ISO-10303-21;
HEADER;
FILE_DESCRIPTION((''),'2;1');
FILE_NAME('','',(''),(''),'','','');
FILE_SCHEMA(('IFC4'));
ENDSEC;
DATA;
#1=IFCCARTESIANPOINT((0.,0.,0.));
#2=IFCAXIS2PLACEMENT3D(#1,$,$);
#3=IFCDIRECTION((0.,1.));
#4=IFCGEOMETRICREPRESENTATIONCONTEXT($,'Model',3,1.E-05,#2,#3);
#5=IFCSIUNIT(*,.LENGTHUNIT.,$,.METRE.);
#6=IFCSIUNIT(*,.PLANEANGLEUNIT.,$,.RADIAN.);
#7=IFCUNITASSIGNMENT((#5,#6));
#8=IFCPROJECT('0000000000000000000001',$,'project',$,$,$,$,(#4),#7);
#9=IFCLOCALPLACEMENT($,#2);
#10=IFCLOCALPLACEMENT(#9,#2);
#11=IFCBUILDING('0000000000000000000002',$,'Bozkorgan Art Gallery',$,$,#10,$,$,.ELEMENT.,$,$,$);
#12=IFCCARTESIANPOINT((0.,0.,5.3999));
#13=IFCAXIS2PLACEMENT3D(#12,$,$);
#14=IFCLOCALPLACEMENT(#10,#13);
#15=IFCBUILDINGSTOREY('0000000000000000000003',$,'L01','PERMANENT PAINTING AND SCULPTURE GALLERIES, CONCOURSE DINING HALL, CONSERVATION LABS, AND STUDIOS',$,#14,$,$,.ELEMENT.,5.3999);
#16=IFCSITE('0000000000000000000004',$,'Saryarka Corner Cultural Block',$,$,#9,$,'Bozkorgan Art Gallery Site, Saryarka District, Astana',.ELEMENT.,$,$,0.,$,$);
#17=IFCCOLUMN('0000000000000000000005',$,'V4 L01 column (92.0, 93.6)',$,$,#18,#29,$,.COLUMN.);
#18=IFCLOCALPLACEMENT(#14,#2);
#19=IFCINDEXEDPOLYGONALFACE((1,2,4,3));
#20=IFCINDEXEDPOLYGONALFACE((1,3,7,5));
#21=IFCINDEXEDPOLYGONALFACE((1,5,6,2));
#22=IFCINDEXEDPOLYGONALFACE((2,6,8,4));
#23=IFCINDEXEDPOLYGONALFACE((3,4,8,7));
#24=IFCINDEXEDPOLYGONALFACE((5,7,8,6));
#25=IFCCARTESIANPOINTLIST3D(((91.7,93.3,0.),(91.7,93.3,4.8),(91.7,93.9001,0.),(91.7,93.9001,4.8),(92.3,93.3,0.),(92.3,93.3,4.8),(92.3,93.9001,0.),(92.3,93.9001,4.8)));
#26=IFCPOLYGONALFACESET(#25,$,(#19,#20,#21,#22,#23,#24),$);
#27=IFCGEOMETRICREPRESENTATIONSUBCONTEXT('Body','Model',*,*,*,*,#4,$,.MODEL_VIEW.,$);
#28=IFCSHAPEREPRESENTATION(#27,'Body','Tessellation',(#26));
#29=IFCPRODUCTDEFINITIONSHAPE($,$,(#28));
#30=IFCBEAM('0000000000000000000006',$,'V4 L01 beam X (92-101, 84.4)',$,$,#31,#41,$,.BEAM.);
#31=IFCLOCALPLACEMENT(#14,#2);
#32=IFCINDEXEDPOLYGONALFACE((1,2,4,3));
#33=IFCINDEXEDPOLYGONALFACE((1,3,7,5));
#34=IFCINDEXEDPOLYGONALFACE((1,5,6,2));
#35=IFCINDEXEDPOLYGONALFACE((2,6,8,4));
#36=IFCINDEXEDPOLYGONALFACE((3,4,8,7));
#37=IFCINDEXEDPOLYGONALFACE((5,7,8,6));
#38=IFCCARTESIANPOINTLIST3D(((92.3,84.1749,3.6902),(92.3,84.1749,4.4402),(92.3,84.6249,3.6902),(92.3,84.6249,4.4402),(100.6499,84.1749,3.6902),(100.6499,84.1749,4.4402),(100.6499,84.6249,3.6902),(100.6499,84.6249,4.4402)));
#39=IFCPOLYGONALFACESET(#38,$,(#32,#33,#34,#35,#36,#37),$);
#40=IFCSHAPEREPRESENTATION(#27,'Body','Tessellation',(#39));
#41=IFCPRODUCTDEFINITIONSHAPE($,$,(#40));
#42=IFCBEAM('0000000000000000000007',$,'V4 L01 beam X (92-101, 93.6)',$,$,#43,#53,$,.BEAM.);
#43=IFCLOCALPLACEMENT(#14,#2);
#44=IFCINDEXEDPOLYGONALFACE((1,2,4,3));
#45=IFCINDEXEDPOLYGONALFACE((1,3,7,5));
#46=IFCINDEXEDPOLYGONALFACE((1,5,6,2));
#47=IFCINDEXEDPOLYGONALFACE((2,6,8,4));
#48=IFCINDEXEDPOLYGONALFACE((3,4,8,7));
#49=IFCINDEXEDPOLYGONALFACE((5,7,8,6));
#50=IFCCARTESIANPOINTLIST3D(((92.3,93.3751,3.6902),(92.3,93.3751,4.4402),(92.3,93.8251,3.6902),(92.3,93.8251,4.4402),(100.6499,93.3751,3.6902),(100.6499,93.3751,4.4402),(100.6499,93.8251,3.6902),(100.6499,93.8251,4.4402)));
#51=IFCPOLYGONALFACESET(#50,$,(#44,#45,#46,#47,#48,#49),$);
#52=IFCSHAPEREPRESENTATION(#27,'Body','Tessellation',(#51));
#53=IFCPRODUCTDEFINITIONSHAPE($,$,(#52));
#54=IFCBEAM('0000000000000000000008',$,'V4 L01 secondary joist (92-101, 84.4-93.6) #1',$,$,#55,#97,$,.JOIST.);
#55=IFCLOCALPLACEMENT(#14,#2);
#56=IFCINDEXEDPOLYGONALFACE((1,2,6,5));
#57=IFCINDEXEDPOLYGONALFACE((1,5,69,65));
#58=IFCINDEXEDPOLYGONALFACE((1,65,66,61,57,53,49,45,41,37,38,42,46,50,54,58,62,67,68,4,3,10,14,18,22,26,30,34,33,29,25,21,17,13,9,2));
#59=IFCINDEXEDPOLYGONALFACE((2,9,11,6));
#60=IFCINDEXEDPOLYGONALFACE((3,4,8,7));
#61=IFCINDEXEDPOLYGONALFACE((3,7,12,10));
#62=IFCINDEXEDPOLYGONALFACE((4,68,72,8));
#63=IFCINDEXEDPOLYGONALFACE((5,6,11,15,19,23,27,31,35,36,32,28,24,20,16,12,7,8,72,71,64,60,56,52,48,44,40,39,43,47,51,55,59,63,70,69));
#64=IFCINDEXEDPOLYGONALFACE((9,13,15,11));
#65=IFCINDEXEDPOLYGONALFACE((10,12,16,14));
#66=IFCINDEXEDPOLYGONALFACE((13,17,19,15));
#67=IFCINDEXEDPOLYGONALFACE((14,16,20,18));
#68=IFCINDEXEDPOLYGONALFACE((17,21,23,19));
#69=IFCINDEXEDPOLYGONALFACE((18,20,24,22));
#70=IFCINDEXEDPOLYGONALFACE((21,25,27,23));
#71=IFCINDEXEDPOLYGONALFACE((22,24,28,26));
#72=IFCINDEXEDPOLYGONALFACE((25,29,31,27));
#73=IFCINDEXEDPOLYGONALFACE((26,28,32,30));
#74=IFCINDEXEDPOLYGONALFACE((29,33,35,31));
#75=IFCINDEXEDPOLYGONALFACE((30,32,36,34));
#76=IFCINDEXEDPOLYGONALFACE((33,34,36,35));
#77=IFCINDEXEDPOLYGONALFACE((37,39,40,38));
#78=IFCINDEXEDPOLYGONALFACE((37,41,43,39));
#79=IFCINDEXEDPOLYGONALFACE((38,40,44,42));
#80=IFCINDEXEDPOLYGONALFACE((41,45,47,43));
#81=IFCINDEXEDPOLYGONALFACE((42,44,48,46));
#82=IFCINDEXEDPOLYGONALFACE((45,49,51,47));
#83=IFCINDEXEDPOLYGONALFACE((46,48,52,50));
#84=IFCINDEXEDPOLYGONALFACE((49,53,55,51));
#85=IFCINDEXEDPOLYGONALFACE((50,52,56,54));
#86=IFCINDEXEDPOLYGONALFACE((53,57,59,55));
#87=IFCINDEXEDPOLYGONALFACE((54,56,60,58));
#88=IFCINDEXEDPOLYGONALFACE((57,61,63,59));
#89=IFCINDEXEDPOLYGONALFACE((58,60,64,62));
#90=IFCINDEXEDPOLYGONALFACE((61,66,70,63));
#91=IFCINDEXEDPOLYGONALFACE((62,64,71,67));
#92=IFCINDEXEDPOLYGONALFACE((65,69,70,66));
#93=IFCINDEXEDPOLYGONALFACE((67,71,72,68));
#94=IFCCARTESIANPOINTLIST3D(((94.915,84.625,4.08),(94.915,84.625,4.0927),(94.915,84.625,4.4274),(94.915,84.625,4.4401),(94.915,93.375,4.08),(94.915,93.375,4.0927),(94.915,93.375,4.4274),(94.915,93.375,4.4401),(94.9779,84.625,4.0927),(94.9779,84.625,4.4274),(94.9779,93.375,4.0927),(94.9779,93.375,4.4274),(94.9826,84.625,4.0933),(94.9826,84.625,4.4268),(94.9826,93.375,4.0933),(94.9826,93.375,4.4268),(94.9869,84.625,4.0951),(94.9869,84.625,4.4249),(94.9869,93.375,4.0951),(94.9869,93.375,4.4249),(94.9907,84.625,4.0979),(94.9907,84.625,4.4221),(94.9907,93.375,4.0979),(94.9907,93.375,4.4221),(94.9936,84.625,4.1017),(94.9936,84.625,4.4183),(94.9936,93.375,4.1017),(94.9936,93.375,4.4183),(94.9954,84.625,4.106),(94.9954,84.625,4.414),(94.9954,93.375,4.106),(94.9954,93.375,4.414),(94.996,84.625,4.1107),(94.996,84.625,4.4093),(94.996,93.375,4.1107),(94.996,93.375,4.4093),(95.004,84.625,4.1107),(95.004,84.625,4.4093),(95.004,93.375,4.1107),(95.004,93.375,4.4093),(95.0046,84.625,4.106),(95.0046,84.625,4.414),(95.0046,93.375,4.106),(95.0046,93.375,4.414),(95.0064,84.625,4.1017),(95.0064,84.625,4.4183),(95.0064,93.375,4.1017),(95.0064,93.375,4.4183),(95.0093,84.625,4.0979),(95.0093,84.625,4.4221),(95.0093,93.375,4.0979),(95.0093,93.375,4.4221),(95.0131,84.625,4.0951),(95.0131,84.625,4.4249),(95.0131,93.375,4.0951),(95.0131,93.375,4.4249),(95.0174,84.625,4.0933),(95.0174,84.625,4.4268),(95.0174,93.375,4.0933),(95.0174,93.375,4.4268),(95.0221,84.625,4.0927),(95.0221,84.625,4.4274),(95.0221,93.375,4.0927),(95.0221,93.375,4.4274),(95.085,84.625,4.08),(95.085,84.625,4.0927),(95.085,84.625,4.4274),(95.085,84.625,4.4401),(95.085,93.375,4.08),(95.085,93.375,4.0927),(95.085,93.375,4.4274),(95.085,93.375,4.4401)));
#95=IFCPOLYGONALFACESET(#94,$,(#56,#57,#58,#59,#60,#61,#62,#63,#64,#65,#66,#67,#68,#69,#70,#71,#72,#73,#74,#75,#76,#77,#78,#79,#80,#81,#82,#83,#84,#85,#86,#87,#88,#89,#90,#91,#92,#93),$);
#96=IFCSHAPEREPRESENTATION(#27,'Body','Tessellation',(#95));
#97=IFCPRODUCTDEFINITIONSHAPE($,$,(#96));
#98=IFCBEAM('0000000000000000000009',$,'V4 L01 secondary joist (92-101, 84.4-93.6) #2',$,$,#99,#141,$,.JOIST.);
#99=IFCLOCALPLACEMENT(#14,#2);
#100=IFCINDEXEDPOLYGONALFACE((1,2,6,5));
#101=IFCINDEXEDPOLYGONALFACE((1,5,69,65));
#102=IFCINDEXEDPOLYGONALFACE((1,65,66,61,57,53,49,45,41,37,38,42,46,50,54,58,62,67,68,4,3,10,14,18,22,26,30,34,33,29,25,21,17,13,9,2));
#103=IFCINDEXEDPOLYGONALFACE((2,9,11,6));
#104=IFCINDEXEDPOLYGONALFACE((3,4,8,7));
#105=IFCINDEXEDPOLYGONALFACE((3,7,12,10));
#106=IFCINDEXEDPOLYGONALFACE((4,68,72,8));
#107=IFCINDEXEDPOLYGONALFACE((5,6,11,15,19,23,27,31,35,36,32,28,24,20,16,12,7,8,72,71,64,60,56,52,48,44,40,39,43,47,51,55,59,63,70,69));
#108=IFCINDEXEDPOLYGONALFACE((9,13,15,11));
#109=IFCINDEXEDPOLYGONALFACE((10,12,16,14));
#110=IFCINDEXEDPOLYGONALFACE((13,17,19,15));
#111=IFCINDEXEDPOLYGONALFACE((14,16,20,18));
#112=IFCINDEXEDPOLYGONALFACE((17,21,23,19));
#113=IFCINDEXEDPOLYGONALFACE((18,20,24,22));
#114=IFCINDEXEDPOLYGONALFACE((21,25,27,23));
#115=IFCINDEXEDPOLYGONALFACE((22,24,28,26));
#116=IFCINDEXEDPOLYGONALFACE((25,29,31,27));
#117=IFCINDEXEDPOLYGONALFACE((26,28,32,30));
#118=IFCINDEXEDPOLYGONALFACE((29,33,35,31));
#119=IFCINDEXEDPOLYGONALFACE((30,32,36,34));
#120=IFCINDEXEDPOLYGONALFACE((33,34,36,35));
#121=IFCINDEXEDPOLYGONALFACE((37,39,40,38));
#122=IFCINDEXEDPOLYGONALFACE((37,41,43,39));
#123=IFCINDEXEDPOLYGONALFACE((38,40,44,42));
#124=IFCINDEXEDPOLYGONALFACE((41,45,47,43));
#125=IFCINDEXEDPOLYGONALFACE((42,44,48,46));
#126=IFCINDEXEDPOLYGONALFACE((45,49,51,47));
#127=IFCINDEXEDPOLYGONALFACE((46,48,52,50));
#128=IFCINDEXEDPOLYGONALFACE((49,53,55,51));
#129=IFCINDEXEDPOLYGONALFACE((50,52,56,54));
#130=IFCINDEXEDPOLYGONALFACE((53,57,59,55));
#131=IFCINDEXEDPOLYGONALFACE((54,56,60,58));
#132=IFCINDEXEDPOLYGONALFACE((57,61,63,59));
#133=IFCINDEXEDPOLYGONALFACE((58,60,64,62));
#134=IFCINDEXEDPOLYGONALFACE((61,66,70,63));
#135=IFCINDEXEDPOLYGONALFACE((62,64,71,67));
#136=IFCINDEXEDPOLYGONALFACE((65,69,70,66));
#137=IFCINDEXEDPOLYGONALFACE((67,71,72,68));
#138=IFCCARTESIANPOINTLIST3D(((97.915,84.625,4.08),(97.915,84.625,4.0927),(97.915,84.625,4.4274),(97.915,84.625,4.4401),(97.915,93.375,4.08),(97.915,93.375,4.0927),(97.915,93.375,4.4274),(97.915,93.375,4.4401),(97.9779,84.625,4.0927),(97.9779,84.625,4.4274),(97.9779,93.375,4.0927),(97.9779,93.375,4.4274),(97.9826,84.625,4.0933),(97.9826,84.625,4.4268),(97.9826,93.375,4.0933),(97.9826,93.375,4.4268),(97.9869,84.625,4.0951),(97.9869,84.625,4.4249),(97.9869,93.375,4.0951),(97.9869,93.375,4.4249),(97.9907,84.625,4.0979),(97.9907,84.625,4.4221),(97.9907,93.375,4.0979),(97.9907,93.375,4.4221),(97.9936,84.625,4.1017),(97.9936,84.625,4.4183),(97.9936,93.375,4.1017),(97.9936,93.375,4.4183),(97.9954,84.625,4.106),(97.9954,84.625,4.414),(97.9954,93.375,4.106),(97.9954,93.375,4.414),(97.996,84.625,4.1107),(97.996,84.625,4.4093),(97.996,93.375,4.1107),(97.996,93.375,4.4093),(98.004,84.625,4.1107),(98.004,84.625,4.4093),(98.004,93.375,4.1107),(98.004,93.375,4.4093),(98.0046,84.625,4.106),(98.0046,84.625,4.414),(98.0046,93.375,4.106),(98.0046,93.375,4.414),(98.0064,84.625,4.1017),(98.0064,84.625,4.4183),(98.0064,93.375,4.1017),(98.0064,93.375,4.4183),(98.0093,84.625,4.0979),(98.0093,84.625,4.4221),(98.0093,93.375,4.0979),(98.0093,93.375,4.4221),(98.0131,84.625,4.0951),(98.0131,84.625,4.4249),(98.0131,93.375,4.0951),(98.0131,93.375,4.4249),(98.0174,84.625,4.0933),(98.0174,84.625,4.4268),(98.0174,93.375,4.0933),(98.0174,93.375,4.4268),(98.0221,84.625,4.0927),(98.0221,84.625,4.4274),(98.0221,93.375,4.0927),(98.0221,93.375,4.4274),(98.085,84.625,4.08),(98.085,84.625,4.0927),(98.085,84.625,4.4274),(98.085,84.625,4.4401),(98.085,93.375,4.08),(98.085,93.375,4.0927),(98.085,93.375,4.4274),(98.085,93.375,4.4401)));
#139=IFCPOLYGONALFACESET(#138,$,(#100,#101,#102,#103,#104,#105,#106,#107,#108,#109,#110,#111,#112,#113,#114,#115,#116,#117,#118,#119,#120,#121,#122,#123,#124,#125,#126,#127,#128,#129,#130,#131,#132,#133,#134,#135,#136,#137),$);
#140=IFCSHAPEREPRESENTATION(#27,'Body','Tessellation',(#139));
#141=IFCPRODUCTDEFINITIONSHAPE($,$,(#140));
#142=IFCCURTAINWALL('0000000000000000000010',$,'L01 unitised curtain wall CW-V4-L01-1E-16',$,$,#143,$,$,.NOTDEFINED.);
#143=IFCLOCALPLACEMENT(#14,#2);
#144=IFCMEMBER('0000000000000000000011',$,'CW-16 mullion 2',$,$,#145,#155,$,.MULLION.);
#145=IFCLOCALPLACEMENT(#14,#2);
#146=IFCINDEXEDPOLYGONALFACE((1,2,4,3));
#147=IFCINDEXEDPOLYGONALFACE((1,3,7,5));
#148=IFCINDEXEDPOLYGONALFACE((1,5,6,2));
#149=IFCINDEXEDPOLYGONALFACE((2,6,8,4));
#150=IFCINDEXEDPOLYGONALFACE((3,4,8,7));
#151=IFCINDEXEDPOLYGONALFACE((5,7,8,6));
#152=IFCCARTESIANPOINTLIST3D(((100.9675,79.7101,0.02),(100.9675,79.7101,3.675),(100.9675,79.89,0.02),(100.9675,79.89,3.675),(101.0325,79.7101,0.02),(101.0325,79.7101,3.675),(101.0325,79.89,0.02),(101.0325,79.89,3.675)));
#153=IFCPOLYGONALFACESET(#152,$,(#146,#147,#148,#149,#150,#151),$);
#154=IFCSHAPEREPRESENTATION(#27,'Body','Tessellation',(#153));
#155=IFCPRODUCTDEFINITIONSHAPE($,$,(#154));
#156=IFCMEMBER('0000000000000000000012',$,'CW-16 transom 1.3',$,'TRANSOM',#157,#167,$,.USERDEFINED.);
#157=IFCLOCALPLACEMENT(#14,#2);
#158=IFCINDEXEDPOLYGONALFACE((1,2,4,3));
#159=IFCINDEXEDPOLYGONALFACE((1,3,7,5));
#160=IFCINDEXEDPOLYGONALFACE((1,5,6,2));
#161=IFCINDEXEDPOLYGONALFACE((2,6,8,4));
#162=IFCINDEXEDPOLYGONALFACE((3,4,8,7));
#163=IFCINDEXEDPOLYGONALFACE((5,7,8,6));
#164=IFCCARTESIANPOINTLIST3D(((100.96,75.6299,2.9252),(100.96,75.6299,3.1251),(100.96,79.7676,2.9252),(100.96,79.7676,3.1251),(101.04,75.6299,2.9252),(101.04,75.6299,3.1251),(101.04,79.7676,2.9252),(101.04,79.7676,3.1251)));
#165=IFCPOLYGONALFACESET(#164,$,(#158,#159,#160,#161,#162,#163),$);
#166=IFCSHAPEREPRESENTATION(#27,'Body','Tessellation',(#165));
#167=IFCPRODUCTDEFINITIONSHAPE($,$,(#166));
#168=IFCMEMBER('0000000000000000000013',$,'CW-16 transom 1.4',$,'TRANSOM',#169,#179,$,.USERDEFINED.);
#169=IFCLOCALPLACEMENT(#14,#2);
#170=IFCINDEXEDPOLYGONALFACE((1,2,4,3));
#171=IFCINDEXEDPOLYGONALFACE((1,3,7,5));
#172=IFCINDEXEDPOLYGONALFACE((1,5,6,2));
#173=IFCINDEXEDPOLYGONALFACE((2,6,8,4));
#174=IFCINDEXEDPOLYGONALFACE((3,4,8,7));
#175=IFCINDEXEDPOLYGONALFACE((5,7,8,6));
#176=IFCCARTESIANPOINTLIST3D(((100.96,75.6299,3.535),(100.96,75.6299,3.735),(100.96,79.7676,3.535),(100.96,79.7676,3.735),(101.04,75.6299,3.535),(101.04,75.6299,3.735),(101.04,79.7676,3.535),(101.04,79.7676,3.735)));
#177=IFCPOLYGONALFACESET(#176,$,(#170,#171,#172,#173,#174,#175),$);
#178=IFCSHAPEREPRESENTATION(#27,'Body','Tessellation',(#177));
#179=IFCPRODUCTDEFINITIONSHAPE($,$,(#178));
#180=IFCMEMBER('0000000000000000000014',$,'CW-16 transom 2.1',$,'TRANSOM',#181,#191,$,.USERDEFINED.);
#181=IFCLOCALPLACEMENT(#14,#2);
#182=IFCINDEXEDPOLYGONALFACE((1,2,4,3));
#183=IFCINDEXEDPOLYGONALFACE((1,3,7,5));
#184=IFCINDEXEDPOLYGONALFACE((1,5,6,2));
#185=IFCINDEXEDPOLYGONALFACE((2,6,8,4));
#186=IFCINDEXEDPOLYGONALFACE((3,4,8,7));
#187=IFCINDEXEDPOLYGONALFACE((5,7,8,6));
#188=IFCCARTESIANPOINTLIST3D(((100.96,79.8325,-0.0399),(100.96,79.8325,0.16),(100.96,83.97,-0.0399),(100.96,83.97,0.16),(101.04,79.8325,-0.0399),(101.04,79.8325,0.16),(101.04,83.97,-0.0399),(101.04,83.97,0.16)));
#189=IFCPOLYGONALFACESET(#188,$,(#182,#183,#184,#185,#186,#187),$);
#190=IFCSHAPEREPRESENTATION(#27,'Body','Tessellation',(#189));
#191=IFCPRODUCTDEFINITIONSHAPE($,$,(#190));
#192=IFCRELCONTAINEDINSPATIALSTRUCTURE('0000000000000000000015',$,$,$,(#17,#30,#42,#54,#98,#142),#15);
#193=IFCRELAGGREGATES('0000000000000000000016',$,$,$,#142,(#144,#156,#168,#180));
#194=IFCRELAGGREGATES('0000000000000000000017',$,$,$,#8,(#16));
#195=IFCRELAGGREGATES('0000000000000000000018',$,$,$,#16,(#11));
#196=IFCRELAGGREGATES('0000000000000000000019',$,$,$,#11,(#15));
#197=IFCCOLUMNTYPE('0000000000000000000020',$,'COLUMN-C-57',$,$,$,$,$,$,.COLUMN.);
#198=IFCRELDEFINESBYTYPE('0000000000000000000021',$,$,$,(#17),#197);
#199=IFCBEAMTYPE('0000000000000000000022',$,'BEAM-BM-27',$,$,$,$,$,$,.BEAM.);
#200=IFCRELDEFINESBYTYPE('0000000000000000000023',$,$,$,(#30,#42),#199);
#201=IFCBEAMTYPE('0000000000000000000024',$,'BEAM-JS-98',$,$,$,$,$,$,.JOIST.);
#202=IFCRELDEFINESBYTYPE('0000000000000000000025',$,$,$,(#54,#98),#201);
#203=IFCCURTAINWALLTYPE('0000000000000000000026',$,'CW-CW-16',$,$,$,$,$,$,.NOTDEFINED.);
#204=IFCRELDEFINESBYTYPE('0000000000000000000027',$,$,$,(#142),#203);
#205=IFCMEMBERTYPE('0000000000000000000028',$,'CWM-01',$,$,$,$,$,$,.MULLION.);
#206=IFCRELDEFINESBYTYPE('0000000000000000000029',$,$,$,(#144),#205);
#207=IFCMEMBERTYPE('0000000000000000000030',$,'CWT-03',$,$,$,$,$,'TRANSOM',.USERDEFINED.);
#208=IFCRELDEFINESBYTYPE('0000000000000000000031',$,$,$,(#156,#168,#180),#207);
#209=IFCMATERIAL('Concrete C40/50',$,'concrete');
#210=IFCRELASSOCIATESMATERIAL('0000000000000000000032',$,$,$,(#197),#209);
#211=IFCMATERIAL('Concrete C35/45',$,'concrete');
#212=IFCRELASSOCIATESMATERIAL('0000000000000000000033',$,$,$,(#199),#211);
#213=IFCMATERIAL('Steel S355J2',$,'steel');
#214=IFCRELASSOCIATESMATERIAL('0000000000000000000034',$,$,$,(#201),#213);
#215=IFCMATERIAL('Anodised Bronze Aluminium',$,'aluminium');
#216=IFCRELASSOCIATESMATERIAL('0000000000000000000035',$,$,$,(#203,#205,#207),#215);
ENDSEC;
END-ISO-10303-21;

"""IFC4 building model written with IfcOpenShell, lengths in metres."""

from ifc_helpers import new_model, si_unit, direction, frame, origin, origin_2d, place, context, subcontext, project, spatial, rectangle, i_section, extrude, material, material_profile, profile_set, type_object, element, aggregate, save


model = new_model("IFC4")

# Units and contexts
model_context = context("Model", 3, precision=1e-05, world=origin(), true_north=direction((0.0, 1.0)))
body_context = subcontext(model_context, "Body", "Model", "MODEL_VIEW")
ifc_project = project(units=[si_unit("LENGTHUNIT", "METRE"), si_unit("PLANEANGLEUNIT", "RADIAN")], contexts=[model_context])

# Site, building, storey
site_placement = place(None, origin())
site = spatial("IfcSite", under=ifc_project, at=site_placement, Name="Saryarka Corner Cultural Block", LongName="Bozkorgan Art Gallery Site, Saryarka District, Astana", CompositionType="ELEMENT", RefElevation=0.0)
building_placement = place(site_placement, origin())
building = spatial("IfcBuilding", under=site, at=building_placement, Name="Bozkorgan Art Gallery", CompositionType="ELEMENT")
storey_placement = place(building_placement, frame((0.0, 0.0, 5.3999)))
storey = spatial("IfcBuildingStorey", under=building, at=storey_placement, Name="L01", Description="PERMANENT PAINTING AND SCULPTURE GALLERIES, CONCOURSE DINING HALL, CONSERVATION LABS, AND STUDIOS", CompositionType="ELEMENT", Elevation=5.3999)

# Column
ifc_material_1 = material(Name="Concrete C40/50", Category="concrete")
ifc_material_profile_1 = material_profile(ifc_material_1, rectangle(XDim=0.6001, YDim=0.6001, at=origin_2d()), Name="RC 600x600")
ifc_profile_set_1 = profile_set([ifc_material_profile_1], Name="Concrete C40/50")
column_type = type_object("IfcColumnType", Name="COLUMN-C-57", PredefinedType="COLUMN", material=ifc_profile_set_1)
column_placement = place(storey_placement, frame((92.0, 93.6001, 0.0), z_axis=(0.0, 0.0, 1.0), x_axis=(1.0, 0.0, 0.0)))
element("IfcColumn", 1, at=column_placement, inside=storey, type_object=column_type, Name="V4 L01 column (92.0, 93.6)", PredefinedType="COLUMN", context=body_context, shape_type="SweptSolid", body=[
    extrude(rectangle(XDim=0.6001, YDim=0.6001, at=origin_2d()), origin(), (0.0, 0.0, 1.0), 4.8),
])

# Beams
ifc_material_2 = material(Name="Concrete C35/45", Category="concrete")
ifc_material_profile_2 = material_profile(ifc_material_2, rectangle(XDim=0.45, YDim=0.75, at=origin_2d()), Name="RC 450x750")
ifc_profile_set_2 = profile_set([ifc_material_profile_2], Name="Concrete C35/45")
beam_type_1 = type_object("IfcBeamType", Name="BEAM-BM-27", PredefinedType="BEAM", material=ifc_profile_set_2)
for number, where, z_axis, x_axis, name in (
    (2, (92.3, 84.3999, 4.0652), (1.0, 0.0, 0.0), (0.0, 1.0, 0.0), "V4 L01 beam X (92-101, 84.4)"),
    (3, (92.3, 93.6001, 4.0652), (1.0, 0.0, 0.0), (0.0, 1.0, 0.0), "V4 L01 beam X (92-101, 93.6)"),
):
    element("IfcBeam", number, at=place(storey_placement, frame(where, z_axis=z_axis, x_axis=x_axis)), inside=storey, type_object=beam_type_1, Name=name, PredefinedType="BEAM", context=body_context, shape_type="SweptSolid", body=[
        extrude(rectangle(XDim=0.45, YDim=0.75, at=origin_2d()), origin(), (0.0, 0.0, 1.0), 8.3499),
    ])
ifc_material_3 = material(Name="Steel S355J2", Category="steel")
ifc_material_profile_3 = material_profile(ifc_material_3, i_section(OverallWidth=0.1699, OverallDepth=0.3601, WebThickness=0.0081, FlangeThickness=0.0127, FilletRadius=0.0181, at=origin_2d()), Name="IPE 360")
ifc_profile_set_3 = profile_set([ifc_material_profile_3], Name="Steel S355J2")
beam_type_2 = type_object("IfcBeamType", Name="BEAM-JS-98", PredefinedType="JOIST", material=ifc_profile_set_3)
for number, where, z_axis, x_axis, name in (
    (4, (95.0, 84.625, 4.26), (0.0, 1.0, 0.0), (-1.0, 0.0, 0.0), "V4 L01 secondary joist (92-101, 84.4-93.6) #1"),
    (5, (98.0, 84.625, 4.26), (0.0, 1.0, 0.0), (-1.0, 0.0, 0.0), "V4 L01 secondary joist (92-101, 84.4-93.6) #2"),
):
    element("IfcBeam", number, at=place(storey_placement, frame(where, z_axis=z_axis, x_axis=x_axis)), inside=storey, type_object=beam_type_2, Name=name, PredefinedType="JOIST", context=body_context, shape_type="SweptSolid", body=[
        extrude(i_section(OverallWidth=0.1699, OverallDepth=0.3601, WebThickness=0.0081, FlangeThickness=0.0127, FilletRadius=0.0181, at=origin_2d()), origin(), (0.0, 0.0, 1.0), 8.75),
    ])

# Curtain wall, members
ifc_material_4 = material(Name="Anodised Bronze Aluminium", Category="aluminium")
curtain_wall_type = type_object("IfcCurtainWallType", Name="CW-CW-16", PredefinedType="NOTDEFINED", material=ifc_material_4)
curtain_wall_placement = place(storey_placement, origin())
curtain_wall = element("IfcCurtainWall", 6, at=curtain_wall_placement, inside=storey, type_object=curtain_wall_type, Name="L01 unitised curtain wall CW-V4-L01-1E-16", PredefinedType="NOTDEFINED")
ifc_material_profile_4 = material_profile(ifc_material_4, rectangle(XDim=0.0649, YDim=0.1799, at=origin_2d()), Name="ALU MULLION 65x180")
ifc_profile_set_4 = profile_set([ifc_material_profile_4], Name="Anodised Bronze Aluminium")
member_type_1 = type_object("IfcMemberType", Name="CWM-01", PredefinedType="MULLION", material=ifc_profile_set_4)
member_1_placement = place(storey_placement, frame((101.0, 79.8, 0.02), z_axis=(0.0, 0.0, 1.0), x_axis=(-1.0, 0.0, 0.0)))
member_1 = element("IfcMember", 7, at=member_1_placement, type_object=member_type_1, Name="CW-16 mullion 2", PredefinedType="MULLION", context=body_context, shape_type="SweptSolid", body=[
    extrude(rectangle(XDim=0.0649, YDim=0.1799, at=origin_2d()), origin(), (0.0, 0.0, 1.0), 3.655),
])
ifc_material_profile_5 = material_profile(ifc_material_4, rectangle(XDim=0.0801, YDim=0.2, at=origin_2d()), Name="ALU TRANSOM 80x200")
ifc_profile_set_5 = profile_set([ifc_material_profile_5], Name="Anodised Bronze Aluminium")
member_type_2 = type_object("IfcMemberType", Name="CWT-03", ElementType="TRANSOM", PredefinedType="USERDEFINED", material=ifc_profile_set_5)
member_2_placement = place(storey_placement, frame((101.0, 75.6299, 3.0251), z_axis=(0.0, 1.0, 0.0), x_axis=(-1.0, 0.0, 0.0)))
member_2 = element("IfcMember", 8, at=member_2_placement, type_object=member_type_2, Name="CW-16 transom 1.3", ObjectType="TRANSOM", PredefinedType="USERDEFINED", context=body_context, shape_type="SweptSolid", body=[
    extrude(rectangle(XDim=0.0801, YDim=0.2, at=origin_2d()), origin(), (0.0, 0.0, 1.0), 4.1377),
])
member_3_placement = place(storey_placement, frame((101.0, 75.6299, 3.635), z_axis=(0.0, 1.0, 0.0), x_axis=(-1.0, 0.0, 0.0)))
member_3 = element("IfcMember", 9, at=member_3_placement, type_object=member_type_2, Name="CW-16 transom 1.4", ObjectType="TRANSOM", PredefinedType="USERDEFINED", context=body_context, shape_type="SweptSolid", body=[
    extrude(rectangle(XDim=0.0801, YDim=0.2, at=origin_2d()), origin(), (0.0, 0.0, 1.0), 4.1377),
])
member_4_placement = place(storey_placement, frame((101.0, 79.8325, 0.0601), z_axis=(0.0, 1.0, 0.0), x_axis=(-1.0, 0.0, 0.0)))
member_4 = element("IfcMember", 10, at=member_4_placement, type_object=member_type_2, Name="CW-16 transom 2.1", ObjectType="TRANSOM", PredefinedType="USERDEFINED", context=body_context, shape_type="SweptSolid", body=[
    extrude(rectangle(XDim=0.0801, YDim=0.2, at=origin_2d()), origin(), (0.0, 0.0, 1.0), 4.1375),
])
aggregate(curtain_wall, [member_1, member_2, member_3, member_4])

save(model, "model.ifc")
